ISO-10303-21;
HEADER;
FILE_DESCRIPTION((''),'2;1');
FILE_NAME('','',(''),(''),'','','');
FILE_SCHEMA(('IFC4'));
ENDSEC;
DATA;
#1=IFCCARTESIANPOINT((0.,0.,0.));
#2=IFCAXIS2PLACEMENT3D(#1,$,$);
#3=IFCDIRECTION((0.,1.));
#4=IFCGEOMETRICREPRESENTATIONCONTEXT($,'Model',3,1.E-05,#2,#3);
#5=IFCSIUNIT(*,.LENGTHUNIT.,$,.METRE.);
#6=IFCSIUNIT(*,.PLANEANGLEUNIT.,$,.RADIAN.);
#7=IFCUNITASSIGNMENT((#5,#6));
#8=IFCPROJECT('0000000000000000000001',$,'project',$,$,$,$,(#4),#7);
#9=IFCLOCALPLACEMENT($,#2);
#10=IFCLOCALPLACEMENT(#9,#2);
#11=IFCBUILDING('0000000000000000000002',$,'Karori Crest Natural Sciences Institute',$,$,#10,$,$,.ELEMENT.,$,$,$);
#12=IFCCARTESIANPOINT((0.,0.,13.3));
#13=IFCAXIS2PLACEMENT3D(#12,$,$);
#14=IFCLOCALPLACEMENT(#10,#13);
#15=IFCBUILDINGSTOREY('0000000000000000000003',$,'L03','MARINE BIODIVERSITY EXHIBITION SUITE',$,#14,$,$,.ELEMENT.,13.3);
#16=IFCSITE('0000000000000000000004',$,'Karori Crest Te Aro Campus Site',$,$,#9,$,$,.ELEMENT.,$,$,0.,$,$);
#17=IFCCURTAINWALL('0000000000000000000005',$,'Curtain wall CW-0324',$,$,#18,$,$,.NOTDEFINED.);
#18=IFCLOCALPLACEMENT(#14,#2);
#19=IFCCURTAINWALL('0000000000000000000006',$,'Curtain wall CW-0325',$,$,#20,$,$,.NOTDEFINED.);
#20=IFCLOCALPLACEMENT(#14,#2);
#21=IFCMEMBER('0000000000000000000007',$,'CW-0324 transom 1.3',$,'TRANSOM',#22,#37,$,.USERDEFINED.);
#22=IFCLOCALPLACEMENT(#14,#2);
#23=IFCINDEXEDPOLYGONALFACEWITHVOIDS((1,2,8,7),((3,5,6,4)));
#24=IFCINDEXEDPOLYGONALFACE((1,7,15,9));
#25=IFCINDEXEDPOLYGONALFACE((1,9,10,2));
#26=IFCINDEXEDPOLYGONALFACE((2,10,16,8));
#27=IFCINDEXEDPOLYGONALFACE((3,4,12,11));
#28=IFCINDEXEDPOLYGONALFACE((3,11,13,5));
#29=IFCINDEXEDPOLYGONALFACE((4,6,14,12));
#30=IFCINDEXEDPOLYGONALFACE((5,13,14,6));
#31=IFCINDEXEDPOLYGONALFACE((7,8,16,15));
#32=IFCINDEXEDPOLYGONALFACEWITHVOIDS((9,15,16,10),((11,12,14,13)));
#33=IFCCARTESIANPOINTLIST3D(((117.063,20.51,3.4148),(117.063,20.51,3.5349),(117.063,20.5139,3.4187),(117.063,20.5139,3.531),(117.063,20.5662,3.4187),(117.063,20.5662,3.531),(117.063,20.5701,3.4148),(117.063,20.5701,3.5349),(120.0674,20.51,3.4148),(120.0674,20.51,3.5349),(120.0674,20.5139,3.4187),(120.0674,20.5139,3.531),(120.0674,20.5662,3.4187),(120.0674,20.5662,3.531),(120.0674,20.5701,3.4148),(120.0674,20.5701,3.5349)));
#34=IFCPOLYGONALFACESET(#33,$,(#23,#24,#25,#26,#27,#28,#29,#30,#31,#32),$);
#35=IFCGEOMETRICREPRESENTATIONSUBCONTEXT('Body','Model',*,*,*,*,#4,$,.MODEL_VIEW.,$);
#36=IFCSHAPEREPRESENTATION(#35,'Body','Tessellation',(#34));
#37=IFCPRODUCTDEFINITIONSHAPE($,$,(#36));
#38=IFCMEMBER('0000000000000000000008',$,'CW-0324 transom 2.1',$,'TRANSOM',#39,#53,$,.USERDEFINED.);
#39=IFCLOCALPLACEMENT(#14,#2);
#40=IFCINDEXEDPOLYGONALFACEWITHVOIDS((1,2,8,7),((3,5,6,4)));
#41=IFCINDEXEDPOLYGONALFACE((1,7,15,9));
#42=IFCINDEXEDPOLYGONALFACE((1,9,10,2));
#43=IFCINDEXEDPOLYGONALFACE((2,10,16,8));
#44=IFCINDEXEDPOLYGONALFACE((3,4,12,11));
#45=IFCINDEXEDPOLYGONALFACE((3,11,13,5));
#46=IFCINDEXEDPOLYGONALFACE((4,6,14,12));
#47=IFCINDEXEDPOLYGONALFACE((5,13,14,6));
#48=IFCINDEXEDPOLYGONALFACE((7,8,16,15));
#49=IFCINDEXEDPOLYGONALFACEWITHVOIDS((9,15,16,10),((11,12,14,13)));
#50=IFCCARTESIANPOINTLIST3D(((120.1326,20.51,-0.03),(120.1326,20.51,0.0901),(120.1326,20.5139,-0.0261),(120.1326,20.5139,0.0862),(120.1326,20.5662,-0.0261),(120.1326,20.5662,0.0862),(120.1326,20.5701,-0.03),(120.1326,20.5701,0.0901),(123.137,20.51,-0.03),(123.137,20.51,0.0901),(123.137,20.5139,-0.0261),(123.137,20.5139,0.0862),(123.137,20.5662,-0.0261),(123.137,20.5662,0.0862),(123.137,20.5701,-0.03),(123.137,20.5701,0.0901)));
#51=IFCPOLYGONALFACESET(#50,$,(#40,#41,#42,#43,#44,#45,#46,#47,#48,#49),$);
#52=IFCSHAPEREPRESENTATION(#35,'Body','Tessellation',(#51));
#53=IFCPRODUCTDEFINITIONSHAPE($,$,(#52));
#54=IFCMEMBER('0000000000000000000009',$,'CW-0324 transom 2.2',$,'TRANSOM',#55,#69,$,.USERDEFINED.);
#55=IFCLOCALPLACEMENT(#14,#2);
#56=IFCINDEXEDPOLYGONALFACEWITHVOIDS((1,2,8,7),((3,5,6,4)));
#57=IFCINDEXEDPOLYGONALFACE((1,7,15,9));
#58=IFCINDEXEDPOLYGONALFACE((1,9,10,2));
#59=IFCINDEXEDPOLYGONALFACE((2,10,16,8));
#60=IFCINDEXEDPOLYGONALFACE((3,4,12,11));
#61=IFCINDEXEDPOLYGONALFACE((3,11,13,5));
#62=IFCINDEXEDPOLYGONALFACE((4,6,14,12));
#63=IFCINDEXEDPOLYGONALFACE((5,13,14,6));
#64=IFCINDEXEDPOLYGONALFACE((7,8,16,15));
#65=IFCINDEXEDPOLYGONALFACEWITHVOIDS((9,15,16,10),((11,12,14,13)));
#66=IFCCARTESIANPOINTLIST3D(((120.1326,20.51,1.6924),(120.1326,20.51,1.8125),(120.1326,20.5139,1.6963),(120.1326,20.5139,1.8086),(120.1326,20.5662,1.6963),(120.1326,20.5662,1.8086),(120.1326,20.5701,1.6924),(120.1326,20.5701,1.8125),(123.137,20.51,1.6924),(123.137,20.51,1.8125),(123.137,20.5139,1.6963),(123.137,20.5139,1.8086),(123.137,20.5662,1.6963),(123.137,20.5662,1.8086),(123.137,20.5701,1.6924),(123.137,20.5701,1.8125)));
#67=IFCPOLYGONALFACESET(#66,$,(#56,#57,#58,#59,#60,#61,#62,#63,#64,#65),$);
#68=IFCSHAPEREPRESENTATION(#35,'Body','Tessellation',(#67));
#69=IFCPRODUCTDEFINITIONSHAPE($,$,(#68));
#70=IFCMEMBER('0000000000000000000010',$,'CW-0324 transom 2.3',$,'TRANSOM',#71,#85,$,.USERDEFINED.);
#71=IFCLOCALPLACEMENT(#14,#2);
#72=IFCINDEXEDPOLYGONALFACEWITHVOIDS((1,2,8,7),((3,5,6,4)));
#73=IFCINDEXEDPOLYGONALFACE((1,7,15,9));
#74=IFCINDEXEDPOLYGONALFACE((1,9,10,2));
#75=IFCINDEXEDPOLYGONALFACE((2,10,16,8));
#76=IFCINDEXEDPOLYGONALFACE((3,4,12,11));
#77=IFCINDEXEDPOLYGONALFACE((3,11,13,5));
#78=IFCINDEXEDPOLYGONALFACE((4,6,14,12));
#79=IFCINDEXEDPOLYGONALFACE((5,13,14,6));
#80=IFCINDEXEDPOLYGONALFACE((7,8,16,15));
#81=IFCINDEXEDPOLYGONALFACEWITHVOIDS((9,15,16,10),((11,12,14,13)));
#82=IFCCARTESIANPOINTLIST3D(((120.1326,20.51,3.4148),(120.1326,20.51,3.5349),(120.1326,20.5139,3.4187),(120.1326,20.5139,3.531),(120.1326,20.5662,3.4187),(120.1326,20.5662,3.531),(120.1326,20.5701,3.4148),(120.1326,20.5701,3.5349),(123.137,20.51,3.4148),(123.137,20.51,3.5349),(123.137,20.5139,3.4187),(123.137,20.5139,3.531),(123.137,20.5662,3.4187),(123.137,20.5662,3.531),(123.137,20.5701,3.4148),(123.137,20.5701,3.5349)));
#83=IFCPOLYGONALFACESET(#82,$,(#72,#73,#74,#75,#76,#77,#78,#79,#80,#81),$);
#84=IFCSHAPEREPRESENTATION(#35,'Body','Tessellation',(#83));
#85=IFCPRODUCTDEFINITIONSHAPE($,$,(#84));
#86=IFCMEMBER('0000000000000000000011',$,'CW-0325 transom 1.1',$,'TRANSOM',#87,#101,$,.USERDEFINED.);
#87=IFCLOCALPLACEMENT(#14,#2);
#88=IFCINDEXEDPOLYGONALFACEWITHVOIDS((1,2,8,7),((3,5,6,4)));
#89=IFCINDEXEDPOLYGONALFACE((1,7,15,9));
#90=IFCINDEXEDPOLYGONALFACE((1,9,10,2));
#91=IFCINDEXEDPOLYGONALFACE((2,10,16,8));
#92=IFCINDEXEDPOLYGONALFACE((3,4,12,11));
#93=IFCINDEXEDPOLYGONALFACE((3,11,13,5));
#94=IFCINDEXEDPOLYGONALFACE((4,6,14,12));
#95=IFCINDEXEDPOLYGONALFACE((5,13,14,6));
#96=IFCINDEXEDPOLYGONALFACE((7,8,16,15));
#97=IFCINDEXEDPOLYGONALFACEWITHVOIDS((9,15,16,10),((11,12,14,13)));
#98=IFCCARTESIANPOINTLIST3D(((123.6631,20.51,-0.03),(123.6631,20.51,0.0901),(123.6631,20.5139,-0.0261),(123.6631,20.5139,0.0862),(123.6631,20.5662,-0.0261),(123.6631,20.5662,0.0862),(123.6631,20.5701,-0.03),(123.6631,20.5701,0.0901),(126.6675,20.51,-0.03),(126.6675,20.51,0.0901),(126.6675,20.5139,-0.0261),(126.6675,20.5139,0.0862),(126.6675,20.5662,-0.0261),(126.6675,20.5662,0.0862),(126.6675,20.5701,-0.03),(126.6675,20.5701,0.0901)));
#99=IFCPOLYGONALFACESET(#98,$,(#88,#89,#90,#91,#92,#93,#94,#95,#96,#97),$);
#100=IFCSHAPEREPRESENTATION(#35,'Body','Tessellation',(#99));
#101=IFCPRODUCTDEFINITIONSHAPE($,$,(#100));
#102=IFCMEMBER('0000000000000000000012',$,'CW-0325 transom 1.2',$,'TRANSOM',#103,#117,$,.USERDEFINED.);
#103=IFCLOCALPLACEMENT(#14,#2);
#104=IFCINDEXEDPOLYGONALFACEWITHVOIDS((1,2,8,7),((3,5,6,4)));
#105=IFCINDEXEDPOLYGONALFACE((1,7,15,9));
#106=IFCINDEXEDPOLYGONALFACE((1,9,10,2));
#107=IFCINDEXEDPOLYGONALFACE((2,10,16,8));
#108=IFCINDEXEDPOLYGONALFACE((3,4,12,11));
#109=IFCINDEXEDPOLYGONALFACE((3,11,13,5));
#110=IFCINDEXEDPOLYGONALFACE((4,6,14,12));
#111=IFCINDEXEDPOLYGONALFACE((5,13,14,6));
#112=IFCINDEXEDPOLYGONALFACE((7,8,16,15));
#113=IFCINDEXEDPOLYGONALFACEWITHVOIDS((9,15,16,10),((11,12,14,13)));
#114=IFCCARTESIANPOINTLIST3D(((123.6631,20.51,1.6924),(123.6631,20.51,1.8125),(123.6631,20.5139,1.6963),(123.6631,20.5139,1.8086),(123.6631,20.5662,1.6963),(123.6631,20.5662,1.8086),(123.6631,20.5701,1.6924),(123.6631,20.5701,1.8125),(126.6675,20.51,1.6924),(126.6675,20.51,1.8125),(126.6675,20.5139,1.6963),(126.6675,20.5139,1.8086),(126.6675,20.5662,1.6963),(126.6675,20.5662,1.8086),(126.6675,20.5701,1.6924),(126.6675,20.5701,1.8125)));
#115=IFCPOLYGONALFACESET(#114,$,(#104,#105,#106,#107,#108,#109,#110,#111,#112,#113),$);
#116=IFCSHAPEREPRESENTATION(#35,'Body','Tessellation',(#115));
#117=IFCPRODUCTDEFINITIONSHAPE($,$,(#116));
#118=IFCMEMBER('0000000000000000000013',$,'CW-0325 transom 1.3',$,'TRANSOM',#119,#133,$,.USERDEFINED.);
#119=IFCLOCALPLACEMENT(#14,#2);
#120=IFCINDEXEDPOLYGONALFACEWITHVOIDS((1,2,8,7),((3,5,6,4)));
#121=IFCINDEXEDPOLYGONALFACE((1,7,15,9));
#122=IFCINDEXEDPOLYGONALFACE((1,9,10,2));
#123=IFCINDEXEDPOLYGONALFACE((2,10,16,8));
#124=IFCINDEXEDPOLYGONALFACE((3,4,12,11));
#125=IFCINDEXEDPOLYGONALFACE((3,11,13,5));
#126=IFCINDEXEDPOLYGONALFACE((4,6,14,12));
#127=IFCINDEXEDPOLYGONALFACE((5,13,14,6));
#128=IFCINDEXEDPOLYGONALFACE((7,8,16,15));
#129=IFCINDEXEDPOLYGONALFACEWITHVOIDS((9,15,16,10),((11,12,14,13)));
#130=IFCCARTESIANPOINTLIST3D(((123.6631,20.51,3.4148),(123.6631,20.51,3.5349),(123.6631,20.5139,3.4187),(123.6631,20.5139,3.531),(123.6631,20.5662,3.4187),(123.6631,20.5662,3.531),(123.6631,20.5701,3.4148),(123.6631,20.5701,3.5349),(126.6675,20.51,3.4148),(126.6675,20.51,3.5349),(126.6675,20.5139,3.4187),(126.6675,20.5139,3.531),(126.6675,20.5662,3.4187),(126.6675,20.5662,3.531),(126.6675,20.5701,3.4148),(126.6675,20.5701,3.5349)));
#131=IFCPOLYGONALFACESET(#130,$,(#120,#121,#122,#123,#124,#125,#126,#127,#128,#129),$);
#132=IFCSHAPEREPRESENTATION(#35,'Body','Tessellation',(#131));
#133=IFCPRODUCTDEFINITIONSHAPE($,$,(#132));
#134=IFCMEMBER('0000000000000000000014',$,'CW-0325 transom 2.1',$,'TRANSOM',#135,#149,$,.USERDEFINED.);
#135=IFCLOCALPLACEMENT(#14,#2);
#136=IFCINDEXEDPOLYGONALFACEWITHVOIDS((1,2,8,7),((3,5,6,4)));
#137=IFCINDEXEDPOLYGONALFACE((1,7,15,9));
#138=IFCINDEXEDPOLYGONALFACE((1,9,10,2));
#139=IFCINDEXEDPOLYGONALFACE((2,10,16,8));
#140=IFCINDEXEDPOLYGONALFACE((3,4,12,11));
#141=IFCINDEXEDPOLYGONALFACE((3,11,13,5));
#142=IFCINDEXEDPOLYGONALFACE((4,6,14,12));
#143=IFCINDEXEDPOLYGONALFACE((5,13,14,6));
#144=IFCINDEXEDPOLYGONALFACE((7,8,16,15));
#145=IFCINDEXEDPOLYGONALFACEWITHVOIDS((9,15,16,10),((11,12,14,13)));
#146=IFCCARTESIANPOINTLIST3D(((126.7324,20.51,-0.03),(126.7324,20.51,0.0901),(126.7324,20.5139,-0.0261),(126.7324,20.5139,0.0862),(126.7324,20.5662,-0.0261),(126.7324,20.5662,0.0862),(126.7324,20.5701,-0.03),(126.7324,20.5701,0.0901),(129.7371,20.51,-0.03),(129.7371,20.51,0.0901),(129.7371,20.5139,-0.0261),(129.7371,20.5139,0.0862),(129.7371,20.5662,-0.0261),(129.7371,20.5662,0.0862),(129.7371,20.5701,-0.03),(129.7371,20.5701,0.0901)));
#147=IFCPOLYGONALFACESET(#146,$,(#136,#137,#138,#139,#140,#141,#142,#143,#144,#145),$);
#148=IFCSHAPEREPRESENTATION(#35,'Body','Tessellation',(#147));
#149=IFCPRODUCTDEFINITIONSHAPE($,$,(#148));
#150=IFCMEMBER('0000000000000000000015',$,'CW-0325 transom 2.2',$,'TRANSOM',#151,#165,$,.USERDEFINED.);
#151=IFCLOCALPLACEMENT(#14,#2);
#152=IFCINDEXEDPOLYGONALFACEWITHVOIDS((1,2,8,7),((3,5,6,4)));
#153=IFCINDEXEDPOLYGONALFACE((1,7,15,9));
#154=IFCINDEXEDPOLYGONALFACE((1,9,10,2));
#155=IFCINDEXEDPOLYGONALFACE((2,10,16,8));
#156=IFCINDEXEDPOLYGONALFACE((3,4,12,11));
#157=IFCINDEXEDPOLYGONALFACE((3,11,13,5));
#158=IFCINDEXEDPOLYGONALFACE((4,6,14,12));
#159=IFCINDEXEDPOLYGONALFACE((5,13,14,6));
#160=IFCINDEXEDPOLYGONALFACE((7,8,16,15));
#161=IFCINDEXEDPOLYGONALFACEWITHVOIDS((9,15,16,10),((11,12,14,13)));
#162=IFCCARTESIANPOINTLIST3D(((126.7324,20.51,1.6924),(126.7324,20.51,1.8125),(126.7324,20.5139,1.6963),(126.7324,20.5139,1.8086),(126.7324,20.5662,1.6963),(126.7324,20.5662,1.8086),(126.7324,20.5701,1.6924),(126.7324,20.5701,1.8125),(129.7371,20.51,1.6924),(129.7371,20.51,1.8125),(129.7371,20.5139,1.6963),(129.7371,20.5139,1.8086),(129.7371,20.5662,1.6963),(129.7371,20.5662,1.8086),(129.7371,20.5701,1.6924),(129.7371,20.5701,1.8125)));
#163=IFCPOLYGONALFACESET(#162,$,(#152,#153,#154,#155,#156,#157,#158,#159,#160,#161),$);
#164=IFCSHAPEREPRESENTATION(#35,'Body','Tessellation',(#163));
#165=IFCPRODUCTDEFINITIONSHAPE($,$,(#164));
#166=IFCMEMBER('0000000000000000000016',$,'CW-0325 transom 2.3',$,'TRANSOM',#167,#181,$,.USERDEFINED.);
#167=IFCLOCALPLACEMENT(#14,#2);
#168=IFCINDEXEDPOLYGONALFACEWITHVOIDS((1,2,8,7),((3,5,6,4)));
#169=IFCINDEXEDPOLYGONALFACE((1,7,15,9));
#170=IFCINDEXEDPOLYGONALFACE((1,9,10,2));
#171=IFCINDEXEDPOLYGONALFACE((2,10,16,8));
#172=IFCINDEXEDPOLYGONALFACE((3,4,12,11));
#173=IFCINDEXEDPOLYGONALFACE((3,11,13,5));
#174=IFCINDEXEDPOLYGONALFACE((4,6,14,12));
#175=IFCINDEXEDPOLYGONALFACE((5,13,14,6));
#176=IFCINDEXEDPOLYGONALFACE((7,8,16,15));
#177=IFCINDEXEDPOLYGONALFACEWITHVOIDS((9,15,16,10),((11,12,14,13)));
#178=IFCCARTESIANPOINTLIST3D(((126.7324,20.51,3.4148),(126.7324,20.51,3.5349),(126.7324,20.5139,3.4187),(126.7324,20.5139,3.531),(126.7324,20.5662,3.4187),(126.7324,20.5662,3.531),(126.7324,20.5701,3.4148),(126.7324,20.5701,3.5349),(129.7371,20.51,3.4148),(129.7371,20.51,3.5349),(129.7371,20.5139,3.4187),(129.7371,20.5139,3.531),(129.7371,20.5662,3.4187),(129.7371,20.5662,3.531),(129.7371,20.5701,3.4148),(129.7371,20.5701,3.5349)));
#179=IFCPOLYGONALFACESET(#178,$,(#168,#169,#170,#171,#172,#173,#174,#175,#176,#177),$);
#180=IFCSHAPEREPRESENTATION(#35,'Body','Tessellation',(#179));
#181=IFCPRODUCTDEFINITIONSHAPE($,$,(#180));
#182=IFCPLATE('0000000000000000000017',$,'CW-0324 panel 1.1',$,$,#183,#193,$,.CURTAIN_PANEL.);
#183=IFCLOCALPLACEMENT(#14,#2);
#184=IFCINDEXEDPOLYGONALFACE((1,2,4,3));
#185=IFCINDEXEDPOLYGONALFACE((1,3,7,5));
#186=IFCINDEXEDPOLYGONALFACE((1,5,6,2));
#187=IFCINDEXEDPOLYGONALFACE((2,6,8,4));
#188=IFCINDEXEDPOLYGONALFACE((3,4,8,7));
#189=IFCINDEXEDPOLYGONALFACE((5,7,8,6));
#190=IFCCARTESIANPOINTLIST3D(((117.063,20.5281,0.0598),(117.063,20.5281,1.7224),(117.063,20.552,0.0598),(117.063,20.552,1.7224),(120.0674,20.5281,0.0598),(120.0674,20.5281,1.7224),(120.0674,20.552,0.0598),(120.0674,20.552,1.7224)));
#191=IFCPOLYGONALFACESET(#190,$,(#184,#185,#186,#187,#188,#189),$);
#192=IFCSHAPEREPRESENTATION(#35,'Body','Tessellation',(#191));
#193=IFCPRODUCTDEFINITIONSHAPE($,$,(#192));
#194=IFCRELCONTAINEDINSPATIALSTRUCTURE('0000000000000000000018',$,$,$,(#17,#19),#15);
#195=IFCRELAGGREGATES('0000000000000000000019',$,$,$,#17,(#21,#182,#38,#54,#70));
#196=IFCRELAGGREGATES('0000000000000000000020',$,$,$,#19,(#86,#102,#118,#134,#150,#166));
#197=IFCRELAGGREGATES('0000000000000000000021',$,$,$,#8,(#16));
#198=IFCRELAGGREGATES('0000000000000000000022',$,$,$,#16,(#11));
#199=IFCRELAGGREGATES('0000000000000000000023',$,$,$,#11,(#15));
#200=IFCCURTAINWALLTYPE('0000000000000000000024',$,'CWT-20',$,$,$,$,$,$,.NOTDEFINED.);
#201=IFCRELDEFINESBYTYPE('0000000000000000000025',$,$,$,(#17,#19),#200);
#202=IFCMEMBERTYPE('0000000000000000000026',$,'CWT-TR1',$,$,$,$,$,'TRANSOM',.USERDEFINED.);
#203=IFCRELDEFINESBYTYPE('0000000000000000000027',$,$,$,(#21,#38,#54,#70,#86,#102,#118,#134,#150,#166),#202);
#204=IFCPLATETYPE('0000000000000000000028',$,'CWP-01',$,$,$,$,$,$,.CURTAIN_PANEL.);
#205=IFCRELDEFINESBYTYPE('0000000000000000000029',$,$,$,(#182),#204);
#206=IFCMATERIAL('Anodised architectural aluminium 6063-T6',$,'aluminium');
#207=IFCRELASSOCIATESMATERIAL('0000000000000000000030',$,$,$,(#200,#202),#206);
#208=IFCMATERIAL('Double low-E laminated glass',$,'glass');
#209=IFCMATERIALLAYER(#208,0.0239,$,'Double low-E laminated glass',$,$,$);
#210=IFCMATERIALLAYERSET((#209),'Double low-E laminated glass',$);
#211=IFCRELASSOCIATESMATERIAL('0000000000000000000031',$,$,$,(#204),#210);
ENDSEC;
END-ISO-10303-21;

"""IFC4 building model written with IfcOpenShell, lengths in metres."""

from ifc_helpers import new_model, si_unit, direction, frame, origin, origin_2d, place, context, subcontext, project, spatial, rectangle, hollow_rectangle, extrude, material, layer, layer_set, material_profile, profile_set, type_object, element, aggregate, save


model = new_model("IFC4")

# Units and contexts
model_context = context("Model", 3, precision=1e-05, world=origin(), true_north=direction((0.0, 1.0)))
body_context = subcontext(model_context, "Body", "Model", "MODEL_VIEW")
ifc_project = project(units=[si_unit("LENGTHUNIT", "METRE"), si_unit("PLANEANGLEUNIT", "RADIAN")], contexts=[model_context])

# Site, building, storey
site_placement = place(None, origin())
site = spatial("IfcSite", under=ifc_project, at=site_placement, Name="Karori Crest Te Aro Campus Site", CompositionType="ELEMENT", RefElevation=0.0)
building_placement = place(site_placement, origin())
building = spatial("IfcBuilding", under=site, at=building_placement, Name="Karori Crest Natural Sciences Institute", CompositionType="ELEMENT")
storey_placement = place(building_placement, frame((0.0, 0.0, 13.3)))
storey = spatial("IfcBuildingStorey", under=building, at=storey_placement, Name="L03", Description="MARINE BIODIVERSITY EXHIBITION SUITE", CompositionType="ELEMENT", Elevation=13.3)

# Curtain walls
ifc_material_1 = material(Name="Anodised architectural aluminium 6063-T6", Category="aluminium")
curtain_wall_type = type_object("IfcCurtainWallType", Name="CWT-20", PredefinedType="NOTDEFINED", material=ifc_material_1)
curtain_wall_1_placement = place(storey_placement, origin())
curtain_wall_1 = element("IfcCurtainWall", 1, at=curtain_wall_1_placement, inside=storey, type_object=curtain_wall_type, Name="Curtain wall CW-0324", PredefinedType="NOTDEFINED")
curtain_wall_2_placement = place(storey_placement, origin())
curtain_wall_2 = element("IfcCurtainWall", 2, at=curtain_wall_2_placement, inside=storey, type_object=curtain_wall_type, Name="Curtain wall CW-0325", PredefinedType="NOTDEFINED")

# Members
ifc_material_profile_1 = material_profile(ifc_material_1, hollow_rectangle(XDim=0.0601, YDim=0.1201, WallThickness=0.0039, at=origin_2d()), Name="CWT120x60x4")
ifc_profile_set_1 = profile_set([ifc_material_profile_1], Name="Anodised architectural aluminium 6063-T6")
member_type_1 = type_object("IfcMemberType", Name="CWT-TR1", ElementType="TRANSOM", PredefinedType="USERDEFINED", material=ifc_profile_set_1)
member_1_placement = place(storey_placement, frame((117.063, 20.54, 3.4749), z_axis=(1.0, 0.0, 0.0), x_axis=(0.0, 1.0, 0.0)))
member_1 = element("IfcMember", 3, at=member_1_placement, type_object=member_type_1, Name="CW-0324 transom 1.3", ObjectType="TRANSOM", PredefinedType="USERDEFINED", context=body_context, shape_type="SweptSolid", body=[
    extrude(hollow_rectangle(XDim=0.0601, YDim=0.1201, WallThickness=0.0039, at=origin_2d()), origin(), (0.0, 0.0, 1.0), 3.0044),
])
member_2_placement = place(storey_placement, frame((120.1326, 20.54, 0.03), z_axis=(1.0, 0.0, 0.0), x_axis=(0.0, 1.0, 0.0)))
member_2 = element("IfcMember", 4, at=member_2_placement, type_object=member_type_1, Name="CW-0324 transom 2.1", ObjectType="TRANSOM", PredefinedType="USERDEFINED", context=body_context, shape_type="SweptSolid", body=[
    extrude(hollow_rectangle(XDim=0.0601, YDim=0.1201, WallThickness=0.0039, at=origin_2d()), origin(), (0.0, 0.0, 1.0), 3.0044),
])
member_3_placement = place(storey_placement, frame((120.1326, 20.54, 1.7524), z_axis=(1.0, 0.0, 0.0), x_axis=(0.0, 1.0, 0.0)))
member_3 = element("IfcMember", 5, at=member_3_placement, type_object=member_type_1, Name="CW-0324 transom 2.2", ObjectType="TRANSOM", PredefinedType="USERDEFINED", context=body_context, shape_type="SweptSolid", body=[
    extrude(hollow_rectangle(XDim=0.0601, YDim=0.1201, WallThickness=0.0039, at=origin_2d()), origin(), (0.0, 0.0, 1.0), 3.0044),
])
member_4_placement = place(storey_placement, frame((120.1326, 20.54, 3.4749), z_axis=(1.0, 0.0, 0.0), x_axis=(0.0, 1.0, 0.0)))
member_4 = element("IfcMember", 6, at=member_4_placement, type_object=member_type_1, Name="CW-0324 transom 2.3", ObjectType="TRANSOM", PredefinedType="USERDEFINED", context=body_context, shape_type="SweptSolid", body=[
    extrude(hollow_rectangle(XDim=0.0601, YDim=0.1201, WallThickness=0.0039, at=origin_2d()), origin(), (0.0, 0.0, 1.0), 3.0044),
])
member_5_placement = place(storey_placement, frame((123.6631, 20.54, 0.03), z_axis=(1.0, 0.0, 0.0), x_axis=(0.0, 1.0, 0.0)))
member_5 = element("IfcMember", 7, at=member_5_placement, type_object=member_type_1, Name="CW-0325 transom 1.1", ObjectType="TRANSOM", PredefinedType="USERDEFINED", context=body_context, shape_type="SweptSolid", body=[
    extrude(hollow_rectangle(XDim=0.0601, YDim=0.1201, WallThickness=0.0039, at=origin_2d()), origin(), (0.0, 0.0, 1.0), 3.0044),
])
member_6_placement = place(storey_placement, frame((123.6631, 20.54, 1.7524), z_axis=(1.0, 0.0, 0.0), x_axis=(0.0, 1.0, 0.0)))
member_6 = element("IfcMember", 8, at=member_6_placement, type_object=member_type_1, Name="CW-0325 transom 1.2", ObjectType="TRANSOM", PredefinedType="USERDEFINED", context=body_context, shape_type="SweptSolid", body=[
    extrude(hollow_rectangle(XDim=0.0601, YDim=0.1201, WallThickness=0.0039, at=origin_2d()), origin(), (0.0, 0.0, 1.0), 3.0044),
])
member_7_placement = place(storey_placement, frame((123.6631, 20.54, 3.4749), z_axis=(1.0, 0.0, 0.0), x_axis=(0.0, 1.0, 0.0)))
member_7 = element("IfcMember", 9, at=member_7_placement, type_object=member_type_1, Name="CW-0325 transom 1.3", ObjectType="TRANSOM", PredefinedType="USERDEFINED", context=body_context, shape_type="SweptSolid", body=[
    extrude(hollow_rectangle(XDim=0.0601, YDim=0.1201, WallThickness=0.0039, at=origin_2d()), origin(), (0.0, 0.0, 1.0), 3.0044),
])
member_8_placement = place(storey_placement, frame((126.7324, 20.54, 0.03), z_axis=(1.0, 0.0, 0.0), x_axis=(0.0, 1.0, 0.0)))
member_8 = element("IfcMember", 10, at=member_8_placement, type_object=member_type_1, Name="CW-0325 transom 2.1", ObjectType="TRANSOM", PredefinedType="USERDEFINED", context=body_context, shape_type="SweptSolid", body=[
    extrude(hollow_rectangle(XDim=0.0601, YDim=0.1201, WallThickness=0.0039, at=origin_2d()), origin(), (0.0, 0.0, 1.0), 3.0046),
])
member_9_placement = place(storey_placement, frame((126.7324, 20.54, 1.7524), z_axis=(1.0, 0.0, 0.0), x_axis=(0.0, 1.0, 0.0)))
member_9 = element("IfcMember", 11, at=member_9_placement, type_object=member_type_1, Name="CW-0325 transom 2.2", ObjectType="TRANSOM", PredefinedType="USERDEFINED", context=body_context, shape_type="SweptSolid", body=[
    extrude(hollow_rectangle(XDim=0.0601, YDim=0.1201, WallThickness=0.0039, at=origin_2d()), origin(), (0.0, 0.0, 1.0), 3.0046),
])
member_10_placement = place(storey_placement, frame((126.7324, 20.54, 3.4749), z_axis=(1.0, 0.0, 0.0), x_axis=(0.0, 1.0, 0.0)))
member_10 = element("IfcMember", 12, at=member_10_placement, type_object=member_type_1, Name="CW-0325 transom 2.3", ObjectType="TRANSOM", PredefinedType="USERDEFINED", context=body_context, shape_type="SweptSolid", body=[
    extrude(hollow_rectangle(XDim=0.0601, YDim=0.1201, WallThickness=0.0039, at=origin_2d()), origin(), (0.0, 0.0, 1.0), 3.0046),
])

# Plate
ifc_material_2 = material(Name="Double low-E laminated glass", Category="glass")
ifc_layer = layer(ifc_material_2, 0.0239, Name="Double low-E laminated glass")
ifc_layer_set = layer_set([ifc_layer], Name="Double low-E laminated glass")
plate_type = type_object("IfcPlateType", Name="CWP-01", PredefinedType="CURTAIN_PANEL", material=ifc_layer_set)
plate_1_placement = place(storey_placement, frame((118.5652, 20.54, 0.0598), z_axis=(0.0, 0.0, 1.0), x_axis=(1.0, 0.0, 0.0)))
plate_1 = element("IfcPlate", 13, at=plate_1_placement, type_object=plate_type, Name="CW-0324 panel 1.1", PredefinedType="CURTAIN_PANEL", context=body_context, shape_type="SweptSolid", body=[
    extrude(rectangle(XDim=3.0044, YDim=0.0239, at=origin_2d()), origin(), (0.0, 0.0, 1.0), 1.6626),
])
aggregate(curtain_wall_1, [member_1, plate_1, member_2, member_3, member_4])
aggregate(curtain_wall_2, [member_5, member_6, member_7, member_8, member_9, member_10])

save(model, "model.ifc")
